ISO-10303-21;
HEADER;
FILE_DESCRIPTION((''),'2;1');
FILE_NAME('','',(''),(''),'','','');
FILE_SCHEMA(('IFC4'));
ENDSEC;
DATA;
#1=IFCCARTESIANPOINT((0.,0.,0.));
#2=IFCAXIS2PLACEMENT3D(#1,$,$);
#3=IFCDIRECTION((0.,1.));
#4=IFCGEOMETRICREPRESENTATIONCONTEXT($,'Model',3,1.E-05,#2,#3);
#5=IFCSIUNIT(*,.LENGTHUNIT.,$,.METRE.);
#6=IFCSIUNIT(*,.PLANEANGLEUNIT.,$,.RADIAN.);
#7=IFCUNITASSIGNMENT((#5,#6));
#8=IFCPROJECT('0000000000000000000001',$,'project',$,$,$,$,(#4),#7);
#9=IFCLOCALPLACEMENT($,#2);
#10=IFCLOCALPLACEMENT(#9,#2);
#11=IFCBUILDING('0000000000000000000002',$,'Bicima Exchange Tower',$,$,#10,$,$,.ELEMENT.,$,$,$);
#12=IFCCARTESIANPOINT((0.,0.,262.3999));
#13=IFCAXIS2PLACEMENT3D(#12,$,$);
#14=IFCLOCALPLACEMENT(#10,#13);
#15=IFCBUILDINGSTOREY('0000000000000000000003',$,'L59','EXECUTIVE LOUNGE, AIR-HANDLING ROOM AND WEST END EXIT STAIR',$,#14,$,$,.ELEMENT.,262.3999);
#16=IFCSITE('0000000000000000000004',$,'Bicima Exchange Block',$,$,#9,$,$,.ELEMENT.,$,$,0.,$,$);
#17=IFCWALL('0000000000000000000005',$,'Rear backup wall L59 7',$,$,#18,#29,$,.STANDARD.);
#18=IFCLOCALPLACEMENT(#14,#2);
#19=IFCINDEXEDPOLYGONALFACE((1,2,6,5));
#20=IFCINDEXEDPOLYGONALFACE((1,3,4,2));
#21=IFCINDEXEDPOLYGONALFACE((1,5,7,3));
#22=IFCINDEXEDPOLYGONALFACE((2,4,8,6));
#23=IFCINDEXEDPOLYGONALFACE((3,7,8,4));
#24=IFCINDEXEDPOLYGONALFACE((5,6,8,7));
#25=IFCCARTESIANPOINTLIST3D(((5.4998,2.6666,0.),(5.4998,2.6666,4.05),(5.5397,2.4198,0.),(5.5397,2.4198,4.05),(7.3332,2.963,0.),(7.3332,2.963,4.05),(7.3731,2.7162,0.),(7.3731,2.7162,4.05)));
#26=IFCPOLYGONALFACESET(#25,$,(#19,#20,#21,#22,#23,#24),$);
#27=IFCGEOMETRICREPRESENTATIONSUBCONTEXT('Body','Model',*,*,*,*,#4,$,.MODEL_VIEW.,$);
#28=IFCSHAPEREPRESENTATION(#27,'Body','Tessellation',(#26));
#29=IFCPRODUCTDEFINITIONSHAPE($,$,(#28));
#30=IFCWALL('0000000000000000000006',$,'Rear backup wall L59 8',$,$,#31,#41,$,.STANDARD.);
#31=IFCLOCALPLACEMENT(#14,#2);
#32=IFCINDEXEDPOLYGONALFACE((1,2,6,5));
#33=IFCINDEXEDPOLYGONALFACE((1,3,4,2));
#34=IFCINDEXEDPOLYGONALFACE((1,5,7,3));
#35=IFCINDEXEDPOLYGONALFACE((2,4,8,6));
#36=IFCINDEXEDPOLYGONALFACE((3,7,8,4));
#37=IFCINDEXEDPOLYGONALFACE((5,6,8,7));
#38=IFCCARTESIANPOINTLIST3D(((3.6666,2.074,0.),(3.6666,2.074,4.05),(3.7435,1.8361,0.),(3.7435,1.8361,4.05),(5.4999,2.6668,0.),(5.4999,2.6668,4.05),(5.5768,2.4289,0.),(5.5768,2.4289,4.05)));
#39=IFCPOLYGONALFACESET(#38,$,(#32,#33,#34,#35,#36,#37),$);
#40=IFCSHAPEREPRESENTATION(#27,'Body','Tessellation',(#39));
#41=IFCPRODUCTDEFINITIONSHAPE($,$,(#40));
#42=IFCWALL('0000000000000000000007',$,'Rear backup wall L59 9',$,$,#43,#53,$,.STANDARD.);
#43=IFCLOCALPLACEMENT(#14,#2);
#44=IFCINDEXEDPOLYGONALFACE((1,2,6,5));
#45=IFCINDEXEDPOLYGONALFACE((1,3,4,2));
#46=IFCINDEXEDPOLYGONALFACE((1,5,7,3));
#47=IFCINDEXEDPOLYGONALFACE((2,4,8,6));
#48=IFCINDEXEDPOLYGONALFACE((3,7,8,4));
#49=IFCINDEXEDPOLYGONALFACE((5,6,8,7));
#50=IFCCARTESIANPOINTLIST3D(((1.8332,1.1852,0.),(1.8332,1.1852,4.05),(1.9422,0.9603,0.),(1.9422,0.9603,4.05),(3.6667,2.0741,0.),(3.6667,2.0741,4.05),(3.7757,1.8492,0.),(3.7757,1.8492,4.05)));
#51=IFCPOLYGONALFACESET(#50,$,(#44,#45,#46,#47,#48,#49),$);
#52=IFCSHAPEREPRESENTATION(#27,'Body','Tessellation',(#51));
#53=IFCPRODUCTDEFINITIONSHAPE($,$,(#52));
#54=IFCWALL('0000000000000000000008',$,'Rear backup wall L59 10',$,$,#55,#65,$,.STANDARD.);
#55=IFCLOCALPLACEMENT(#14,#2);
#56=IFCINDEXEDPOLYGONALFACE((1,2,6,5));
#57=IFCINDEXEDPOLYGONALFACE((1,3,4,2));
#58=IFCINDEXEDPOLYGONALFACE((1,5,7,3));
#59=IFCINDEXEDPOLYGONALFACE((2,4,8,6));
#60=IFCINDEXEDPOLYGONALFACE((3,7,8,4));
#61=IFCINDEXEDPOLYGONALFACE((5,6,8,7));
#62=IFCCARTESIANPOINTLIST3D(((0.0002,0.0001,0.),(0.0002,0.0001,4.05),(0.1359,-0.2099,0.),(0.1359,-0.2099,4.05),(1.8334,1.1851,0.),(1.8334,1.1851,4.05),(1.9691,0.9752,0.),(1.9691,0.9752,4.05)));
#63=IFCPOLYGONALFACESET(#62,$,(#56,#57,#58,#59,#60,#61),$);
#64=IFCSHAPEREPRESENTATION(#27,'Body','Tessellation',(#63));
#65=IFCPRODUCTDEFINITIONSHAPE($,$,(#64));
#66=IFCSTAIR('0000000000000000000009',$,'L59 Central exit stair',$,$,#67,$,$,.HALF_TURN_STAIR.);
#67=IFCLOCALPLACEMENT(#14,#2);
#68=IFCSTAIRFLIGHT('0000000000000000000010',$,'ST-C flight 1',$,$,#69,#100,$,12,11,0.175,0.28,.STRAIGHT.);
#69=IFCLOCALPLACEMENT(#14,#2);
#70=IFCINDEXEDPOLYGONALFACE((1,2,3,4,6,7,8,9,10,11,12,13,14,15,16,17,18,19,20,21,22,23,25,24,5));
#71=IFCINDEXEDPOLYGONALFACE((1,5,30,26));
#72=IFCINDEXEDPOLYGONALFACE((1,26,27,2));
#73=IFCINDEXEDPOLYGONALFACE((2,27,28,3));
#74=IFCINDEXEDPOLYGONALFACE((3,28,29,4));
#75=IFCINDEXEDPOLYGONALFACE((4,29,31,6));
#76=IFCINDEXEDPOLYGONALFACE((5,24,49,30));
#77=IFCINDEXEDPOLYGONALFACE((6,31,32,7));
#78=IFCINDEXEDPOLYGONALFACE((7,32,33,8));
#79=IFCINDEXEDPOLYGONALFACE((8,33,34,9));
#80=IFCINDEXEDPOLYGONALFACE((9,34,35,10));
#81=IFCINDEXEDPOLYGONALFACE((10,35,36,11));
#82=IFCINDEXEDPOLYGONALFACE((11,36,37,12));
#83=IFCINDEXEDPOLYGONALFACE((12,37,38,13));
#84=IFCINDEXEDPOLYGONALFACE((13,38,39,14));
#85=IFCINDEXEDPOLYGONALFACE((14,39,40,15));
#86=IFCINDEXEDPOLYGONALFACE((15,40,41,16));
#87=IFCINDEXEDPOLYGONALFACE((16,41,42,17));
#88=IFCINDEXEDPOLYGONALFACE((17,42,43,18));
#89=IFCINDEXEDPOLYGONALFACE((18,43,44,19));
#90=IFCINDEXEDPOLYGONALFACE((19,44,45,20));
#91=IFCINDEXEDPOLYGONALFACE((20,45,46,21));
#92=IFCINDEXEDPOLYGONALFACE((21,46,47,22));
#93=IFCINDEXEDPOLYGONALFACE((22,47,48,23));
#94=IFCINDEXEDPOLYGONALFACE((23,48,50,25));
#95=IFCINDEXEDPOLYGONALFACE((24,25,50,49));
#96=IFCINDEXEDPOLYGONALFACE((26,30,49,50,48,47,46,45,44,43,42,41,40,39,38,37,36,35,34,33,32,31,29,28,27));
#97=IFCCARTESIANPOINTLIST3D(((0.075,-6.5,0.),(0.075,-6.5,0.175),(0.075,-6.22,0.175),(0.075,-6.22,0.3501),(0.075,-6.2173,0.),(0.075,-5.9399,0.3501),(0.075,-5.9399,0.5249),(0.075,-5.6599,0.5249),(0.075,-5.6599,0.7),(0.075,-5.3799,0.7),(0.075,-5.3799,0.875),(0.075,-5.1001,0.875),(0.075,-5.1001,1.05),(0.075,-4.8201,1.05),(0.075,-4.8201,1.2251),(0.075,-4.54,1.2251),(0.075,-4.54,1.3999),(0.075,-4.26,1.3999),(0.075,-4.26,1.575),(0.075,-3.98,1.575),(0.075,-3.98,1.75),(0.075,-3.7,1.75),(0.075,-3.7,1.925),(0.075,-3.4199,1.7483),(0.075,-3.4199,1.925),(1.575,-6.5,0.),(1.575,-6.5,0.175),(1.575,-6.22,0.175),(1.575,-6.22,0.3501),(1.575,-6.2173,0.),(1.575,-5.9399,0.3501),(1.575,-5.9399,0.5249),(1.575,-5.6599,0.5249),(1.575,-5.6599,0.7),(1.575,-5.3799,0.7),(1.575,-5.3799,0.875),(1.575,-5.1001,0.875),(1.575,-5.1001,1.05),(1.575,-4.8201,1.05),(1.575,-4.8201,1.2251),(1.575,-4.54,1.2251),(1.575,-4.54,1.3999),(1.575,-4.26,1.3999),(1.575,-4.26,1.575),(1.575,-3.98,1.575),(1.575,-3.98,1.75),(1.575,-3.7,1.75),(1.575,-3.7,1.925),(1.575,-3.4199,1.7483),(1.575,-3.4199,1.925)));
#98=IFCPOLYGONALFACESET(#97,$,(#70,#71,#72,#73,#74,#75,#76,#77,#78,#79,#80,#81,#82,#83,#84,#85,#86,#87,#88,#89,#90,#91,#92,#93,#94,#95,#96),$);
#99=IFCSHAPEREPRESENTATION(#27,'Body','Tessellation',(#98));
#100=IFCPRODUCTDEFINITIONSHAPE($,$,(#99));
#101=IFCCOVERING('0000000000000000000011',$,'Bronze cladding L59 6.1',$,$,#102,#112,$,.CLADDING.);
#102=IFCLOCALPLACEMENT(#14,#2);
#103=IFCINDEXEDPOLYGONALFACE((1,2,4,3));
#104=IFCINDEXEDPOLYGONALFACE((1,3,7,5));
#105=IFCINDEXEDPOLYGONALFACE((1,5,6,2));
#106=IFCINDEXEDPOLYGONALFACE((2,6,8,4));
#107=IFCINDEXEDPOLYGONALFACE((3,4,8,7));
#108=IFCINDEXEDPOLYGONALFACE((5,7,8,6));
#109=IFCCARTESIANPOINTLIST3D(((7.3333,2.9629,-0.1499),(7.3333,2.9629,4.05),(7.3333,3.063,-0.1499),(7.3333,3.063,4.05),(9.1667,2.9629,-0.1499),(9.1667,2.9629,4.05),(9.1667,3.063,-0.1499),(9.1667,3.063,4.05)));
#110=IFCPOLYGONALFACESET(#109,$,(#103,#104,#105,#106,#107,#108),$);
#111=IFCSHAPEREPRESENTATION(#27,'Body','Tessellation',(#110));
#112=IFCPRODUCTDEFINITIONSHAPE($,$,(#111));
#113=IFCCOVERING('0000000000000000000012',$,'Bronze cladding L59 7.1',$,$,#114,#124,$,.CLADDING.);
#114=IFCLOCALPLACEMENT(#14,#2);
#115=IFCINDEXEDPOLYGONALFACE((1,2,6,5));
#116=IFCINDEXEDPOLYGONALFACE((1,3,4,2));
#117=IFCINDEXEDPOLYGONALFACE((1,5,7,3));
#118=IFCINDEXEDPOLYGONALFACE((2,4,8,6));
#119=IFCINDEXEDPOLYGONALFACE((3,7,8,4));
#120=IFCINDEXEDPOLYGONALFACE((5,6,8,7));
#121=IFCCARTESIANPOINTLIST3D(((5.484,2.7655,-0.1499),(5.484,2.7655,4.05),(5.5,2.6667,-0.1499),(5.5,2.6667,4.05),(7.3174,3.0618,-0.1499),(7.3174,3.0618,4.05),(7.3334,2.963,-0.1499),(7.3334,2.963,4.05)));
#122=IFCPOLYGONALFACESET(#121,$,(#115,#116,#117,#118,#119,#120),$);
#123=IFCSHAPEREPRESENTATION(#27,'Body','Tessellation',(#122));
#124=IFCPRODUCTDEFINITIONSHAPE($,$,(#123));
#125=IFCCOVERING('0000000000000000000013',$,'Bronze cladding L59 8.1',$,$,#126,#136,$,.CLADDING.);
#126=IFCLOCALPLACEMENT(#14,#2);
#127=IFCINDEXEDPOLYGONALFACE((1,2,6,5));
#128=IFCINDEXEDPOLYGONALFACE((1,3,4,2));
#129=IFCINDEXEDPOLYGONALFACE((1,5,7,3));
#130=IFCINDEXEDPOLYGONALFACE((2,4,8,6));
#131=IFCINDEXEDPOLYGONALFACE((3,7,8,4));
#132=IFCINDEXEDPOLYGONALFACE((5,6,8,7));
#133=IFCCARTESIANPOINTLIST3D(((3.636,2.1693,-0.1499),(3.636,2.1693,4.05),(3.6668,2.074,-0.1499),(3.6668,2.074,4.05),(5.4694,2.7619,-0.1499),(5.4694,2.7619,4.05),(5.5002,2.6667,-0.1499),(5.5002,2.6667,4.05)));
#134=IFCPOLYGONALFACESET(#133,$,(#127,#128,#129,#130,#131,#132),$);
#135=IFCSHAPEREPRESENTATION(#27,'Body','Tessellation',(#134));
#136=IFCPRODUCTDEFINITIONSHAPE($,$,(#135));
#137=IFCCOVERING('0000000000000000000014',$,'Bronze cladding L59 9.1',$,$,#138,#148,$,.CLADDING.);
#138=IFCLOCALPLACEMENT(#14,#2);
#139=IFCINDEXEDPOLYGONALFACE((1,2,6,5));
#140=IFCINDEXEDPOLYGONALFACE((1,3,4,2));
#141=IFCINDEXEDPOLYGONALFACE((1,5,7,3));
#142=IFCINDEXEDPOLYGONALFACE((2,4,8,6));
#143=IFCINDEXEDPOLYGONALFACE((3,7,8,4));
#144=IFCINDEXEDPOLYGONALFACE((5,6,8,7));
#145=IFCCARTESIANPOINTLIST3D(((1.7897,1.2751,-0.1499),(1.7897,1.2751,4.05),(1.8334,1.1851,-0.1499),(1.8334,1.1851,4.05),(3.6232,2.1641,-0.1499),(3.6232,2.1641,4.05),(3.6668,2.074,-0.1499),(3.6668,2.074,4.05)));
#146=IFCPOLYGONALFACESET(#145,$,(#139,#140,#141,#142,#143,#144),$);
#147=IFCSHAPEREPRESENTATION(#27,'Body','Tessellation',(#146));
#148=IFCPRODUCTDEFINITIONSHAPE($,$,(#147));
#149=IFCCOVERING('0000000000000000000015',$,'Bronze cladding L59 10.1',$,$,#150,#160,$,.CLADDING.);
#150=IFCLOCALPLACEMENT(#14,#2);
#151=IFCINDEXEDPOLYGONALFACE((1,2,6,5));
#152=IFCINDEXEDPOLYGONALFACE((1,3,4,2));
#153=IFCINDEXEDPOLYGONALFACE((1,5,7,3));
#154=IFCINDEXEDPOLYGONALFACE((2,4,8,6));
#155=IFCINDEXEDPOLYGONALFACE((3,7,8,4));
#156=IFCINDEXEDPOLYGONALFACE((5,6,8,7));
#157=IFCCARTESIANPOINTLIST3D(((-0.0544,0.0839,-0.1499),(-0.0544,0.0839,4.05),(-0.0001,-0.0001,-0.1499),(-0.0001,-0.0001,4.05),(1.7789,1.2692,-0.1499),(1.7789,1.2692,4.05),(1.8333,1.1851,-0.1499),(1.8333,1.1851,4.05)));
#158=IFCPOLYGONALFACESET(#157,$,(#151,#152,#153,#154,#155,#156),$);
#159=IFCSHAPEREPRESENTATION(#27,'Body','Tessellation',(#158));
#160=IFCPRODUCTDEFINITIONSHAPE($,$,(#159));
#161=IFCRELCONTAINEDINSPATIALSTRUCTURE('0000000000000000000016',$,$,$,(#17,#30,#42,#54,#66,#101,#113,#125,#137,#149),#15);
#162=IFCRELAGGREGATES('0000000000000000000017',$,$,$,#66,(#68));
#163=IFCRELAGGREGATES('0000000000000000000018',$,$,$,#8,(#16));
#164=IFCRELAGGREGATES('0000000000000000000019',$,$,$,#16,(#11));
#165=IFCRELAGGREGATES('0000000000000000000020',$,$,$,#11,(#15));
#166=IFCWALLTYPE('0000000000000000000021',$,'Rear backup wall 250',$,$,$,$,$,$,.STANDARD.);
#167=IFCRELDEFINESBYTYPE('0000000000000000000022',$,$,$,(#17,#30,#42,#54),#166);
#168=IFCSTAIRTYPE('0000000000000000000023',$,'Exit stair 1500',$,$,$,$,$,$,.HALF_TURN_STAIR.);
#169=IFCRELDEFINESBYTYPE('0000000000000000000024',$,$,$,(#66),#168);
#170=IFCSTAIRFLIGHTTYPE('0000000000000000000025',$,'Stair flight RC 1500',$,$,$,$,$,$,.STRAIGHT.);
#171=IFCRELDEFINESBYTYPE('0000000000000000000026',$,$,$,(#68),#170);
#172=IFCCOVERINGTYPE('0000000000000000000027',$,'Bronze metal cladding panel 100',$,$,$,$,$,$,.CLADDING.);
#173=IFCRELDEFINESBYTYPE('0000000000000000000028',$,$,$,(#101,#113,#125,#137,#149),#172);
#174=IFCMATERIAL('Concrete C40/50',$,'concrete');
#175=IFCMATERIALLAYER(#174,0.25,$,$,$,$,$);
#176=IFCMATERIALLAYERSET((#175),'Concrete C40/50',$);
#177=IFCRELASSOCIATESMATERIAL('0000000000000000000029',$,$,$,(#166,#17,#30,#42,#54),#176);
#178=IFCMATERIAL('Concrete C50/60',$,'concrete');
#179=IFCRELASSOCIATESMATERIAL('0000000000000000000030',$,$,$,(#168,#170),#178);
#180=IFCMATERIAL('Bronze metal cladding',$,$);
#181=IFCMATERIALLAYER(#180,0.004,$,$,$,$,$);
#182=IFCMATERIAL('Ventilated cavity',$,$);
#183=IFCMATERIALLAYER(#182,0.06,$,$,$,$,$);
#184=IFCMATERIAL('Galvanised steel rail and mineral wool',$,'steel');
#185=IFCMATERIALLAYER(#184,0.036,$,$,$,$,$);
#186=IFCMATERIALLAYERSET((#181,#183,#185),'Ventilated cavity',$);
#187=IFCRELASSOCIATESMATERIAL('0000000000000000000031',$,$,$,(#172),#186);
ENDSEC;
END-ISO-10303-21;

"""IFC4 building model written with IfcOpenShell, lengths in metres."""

from ifc_helpers import new_model, si_unit, direction, frame, frame_2d, origin, origin_2d, place, context, subcontext, project, spatial, polyline, rectangle, outline, extrude, material, layer, layer_set, layer_usage, type_object, element, aggregate, save


model = new_model("IFC4")

# Units and contexts
model_context = context("Model", 3, precision=1e-05, world=origin(), true_north=direction((0.0, 1.0)))
body_context = subcontext(model_context, "Body", "Model", "MODEL_VIEW")
ifc_project = project(units=[si_unit("LENGTHUNIT", "METRE"), si_unit("PLANEANGLEUNIT", "RADIAN")], contexts=[model_context])

# Site, building, storey
site_placement = place(None, origin())
site = spatial("IfcSite", under=ifc_project, at=site_placement, Name="Bicima Exchange Block", CompositionType="ELEMENT", RefElevation=0.0)
building_placement = place(site_placement, origin())
building = spatial("IfcBuilding", under=site, at=building_placement, Name="Bicima Exchange Tower", CompositionType="ELEMENT")
storey_placement = place(building_placement, frame((0.0, 0.0, 262.3999)))
storey = spatial("IfcBuildingStorey", under=building, at=storey_placement, Name="L59", Description="EXECUTIVE LOUNGE, AIR-HANDLING ROOM AND WEST END EXIT STAIR", CompositionType="ELEMENT", Elevation=262.3999)

# Shared definitions
ifc_material_1 = material(Name="Concrete C50/60", Category="concrete")

# Shared definitions
ifc_material_2 = material(Name="Concrete C40/50", Category="concrete")

# Walls
ifc_layer_1 = layer(ifc_material_2, 0.25)
ifc_layer_set_1 = layer_set([ifc_layer_1], Name="Concrete C40/50")
ifc_layer_usage = layer_usage(ifc_layer_set_1, "AXIS2", "POSITIVE", -0.125)
wall_type_1 = type_object("IfcWallType", Name="Rear backup wall 250", PredefinedType="STANDARD", material=ifc_layer_set_1)
wall_1_placement = place(storey_placement, frame((7.3533, 2.8396, 0.0), z_axis=(0.0, 0.0, 1.0), x_axis=(-0.987182, -0.1596, 0.0)))
element("IfcWall", 1, at=wall_1_placement, inside=storey, type_object=wall_type_1, material=ifc_layer_usage, Name="Rear backup wall L59 7", PredefinedType="STANDARD", context=body_context, shape_type="SweptSolid", body=[
    extrude(rectangle(XDim=1.8572, YDim=0.25, at=frame_2d((0.9287, 0.0))), origin(), (0.0, 0.0, 1.0), 4.05),
])
wall_2_placement = place(storey_placement, frame((5.5383, 2.5479, 0.0), z_axis=(0.0, 0.0, 1.0), x_axis=(-0.951496, -0.307662, 0.0)))
element("IfcWall", 2, at=wall_2_placement, inside=storey, type_object=wall_type_1, material=ifc_layer_usage, Name="Rear backup wall L59 8", PredefinedType="STANDARD", context=body_context, shape_type="SweptSolid", body=[
    extrude(rectangle(XDim=1.9268, YDim=0.25, at=frame_2d((0.9634, 0.0))), origin(), (0.0, 0.0, 1.0), 4.05),
])
wall_3_placement = place(storey_placement, frame((3.7212, 1.9617, 0.0), z_axis=(0.0, 0.0, 1.0), x_axis=(-0.899824, -0.436253, 0.0)))
element("IfcWall", 3, at=wall_3_placement, inside=storey, type_object=wall_type_1, material=ifc_layer_usage, Name="Rear backup wall L59 9", PredefinedType="STANDARD", context=body_context, shape_type="SweptSolid", body=[
    extrude(rectangle(XDim=2.0376, YDim=0.25, at=frame_2d((1.0188, 0.0))), origin(), (0.0, 0.0, 1.0), 4.05),
])
wall_4_placement = place(storey_placement, frame((1.9011, 1.0801, 0.0), z_axis=(0.0, 0.0, 1.0), x_axis=(-0.839813, -0.542876, 0.0)))
element("IfcWall", 4, at=wall_4_placement, inside=storey, type_object=wall_type_1, material=ifc_layer_usage, Name="Rear backup wall L59 10", PredefinedType="STANDARD", context=body_context, shape_type="SweptSolid", body=[
    extrude(rectangle(XDim=2.1829, YDim=0.25, at=frame_2d((1.0913, 0.0))), origin(), (0.0, 0.0, 1.0), 4.05),
])

# Stair, stair flight
stair_type_1 = type_object("IfcStairType", Name="Exit stair 1500", PredefinedType="HALF_TURN_STAIR", material=ifc_material_1)
stair_1_placement = place(storey_placement, origin())
stair_1 = element("IfcStair", 5, at=stair_1_placement, inside=storey, type_object=stair_type_1, Name="L59 Central exit stair", PredefinedType="HALF_TURN_STAIR")
stair_flight_type = type_object("IfcStairFlightType", Name="Stair flight RC 1500", PredefinedType="STRAIGHT", material=ifc_material_1)
stair_flight_placement = place(storey_placement, frame((0.825, -6.5, 0.0), z_axis=(0.0, 0.0, 1.0), x_axis=(0.0, 1.0, 0.0)))
stair_flight = element("IfcStairFlight", 6, at=stair_flight_placement, type_object=stair_flight_type, Name="ST-C flight 1", NumberOfRisers=12, NumberOfTreads=11, PredefinedType="STRAIGHT", RiserHeight=0.175, TreadLength=0.28, context=body_context, shape_type="SweptSolid", body=[
    extrude(outline(polyline([(0.0, 0.0), (0.0, 0.175), (0.28, 0.175), (0.28, 0.3501), (0.5601, 0.3501), (0.5601, 0.5249), (0.8401, 0.5249), (0.8401, 0.7), (1.1201, 0.7), (1.1201, 0.875), (1.3999, 0.875), (1.3999, 1.05), (1.6799, 1.05), (1.6799, 1.2251), (1.96, 1.2251), (1.96, 1.3999), (2.24, 1.3999), (2.24, 1.575), (2.52, 1.575), (2.52, 1.75), (2.8, 1.75), (2.8, 1.925), (3.0801, 1.925), (3.0801, 2.1001), (3.0801, 1.7483), (0.2827, 0.0), (0.0, 0.0)])), frame((0.0, 0.75, 0.0), z_axis=(0.0, -1.0, 0.0), x_axis=(1.0, 0.0, 0.0)), (0.0, 0.0, 1.0), 1.5),
])
aggregate(stair_1, [stair_flight])

# Coverings
ifc_material_3 = material(Name="Bronze metal cladding")
ifc_layer_2 = layer(ifc_material_3, 0.004)
ifc_material_4 = material(Name="Ventilated cavity")
ifc_layer_3 = layer(ifc_material_4, 0.06)
ifc_material_5 = material(Name="Galvanised steel rail and mineral wool", Category="steel")
ifc_layer_4 = layer(ifc_material_5, 0.036)
ifc_layer_set_2 = layer_set([ifc_layer_2, ifc_layer_3, ifc_layer_4], Name="Ventilated cavity")
covering_type = type_object("IfcCoveringType", Name="Bronze metal cladding panel 100", PredefinedType="CLADDING", material=ifc_layer_set_2)
covering_1_placement = place(storey_placement, frame((8.25, 3.0129, -0.1499), z_axis=(0.0, 0.0, 1.0), x_axis=(-1.0, 0.0, 0.0)))
element("IfcCovering", 7, at=covering_1_placement, inside=storey, type_object=covering_type, Name="Bronze cladding L59 6.1", PredefinedType="CLADDING", context=body_context, shape_type="SweptSolid", body=[
    extrude(rectangle(XDim=1.8335, YDim=0.1001, at=origin_2d()), origin(), (0.0, 0.0, 1.0), 4.2),
])
covering_2_placement = place(storey_placement, frame((6.4087, 2.8643, -0.1499), z_axis=(0.0, 0.0, 1.0), x_axis=(-0.98719, -0.15955, 0.0)))
element("IfcCovering", 8, at=covering_2_placement, inside=storey, type_object=covering_type, Name="Bronze cladding L59 7.1", PredefinedType="CLADDING", context=body_context, shape_type="SweptSolid", body=[
    extrude(rectangle(XDim=1.8572, YDim=0.1001, at=origin_2d()), origin(), (0.0, 0.0, 1.0), 4.2),
])
covering_3_placement = place(storey_placement, frame((4.5681, 2.418, -0.1499), z_axis=(0.0, 0.0, 1.0), x_axis=(-0.951525, -0.307573, 0.0)))
element("IfcCovering", 9, at=covering_3_placement, inside=storey, type_object=covering_type, Name="Bronze cladding L59 8.1", PredefinedType="CLADDING", context=body_context, shape_type="SweptSolid", body=[
    extrude(rectangle(XDim=1.9268, YDim=0.1001, at=origin_2d()), origin(), (0.0, 0.0, 1.0), 4.2),
])
covering_4_placement = place(storey_placement, frame((2.7283, 1.6746, -0.1499), z_axis=(0.0, 0.0, 1.0), x_axis=(-0.899818, -0.436265, 0.0)))
element("IfcCovering", 10, at=covering_4_placement, inside=storey, type_object=covering_type, Name="Bronze cladding L59 9.1", PredefinedType="CLADDING", context=body_context, shape_type="SweptSolid", body=[
    extrude(rectangle(XDim=2.0376, YDim=0.1001, at=origin_2d()), origin(), (0.0, 0.0, 1.0), 4.2),
])
covering_5_placement = place(storey_placement, frame((0.8894, 0.6345, -0.1499), z_axis=(0.0, 0.0, 1.0), x_axis=(-0.83979, -0.542911, 0.0)))
element("IfcCovering", 11, at=covering_5_placement, inside=storey, type_object=covering_type, Name="Bronze cladding L59 10.1", PredefinedType="CLADDING", context=body_context, shape_type="SweptSolid", body=[
    extrude(rectangle(XDim=2.1831, YDim=0.1001, at=origin_2d()), origin(), (0.0, 0.0, 1.0), 4.2),
])

save(model, "model.ifc")
